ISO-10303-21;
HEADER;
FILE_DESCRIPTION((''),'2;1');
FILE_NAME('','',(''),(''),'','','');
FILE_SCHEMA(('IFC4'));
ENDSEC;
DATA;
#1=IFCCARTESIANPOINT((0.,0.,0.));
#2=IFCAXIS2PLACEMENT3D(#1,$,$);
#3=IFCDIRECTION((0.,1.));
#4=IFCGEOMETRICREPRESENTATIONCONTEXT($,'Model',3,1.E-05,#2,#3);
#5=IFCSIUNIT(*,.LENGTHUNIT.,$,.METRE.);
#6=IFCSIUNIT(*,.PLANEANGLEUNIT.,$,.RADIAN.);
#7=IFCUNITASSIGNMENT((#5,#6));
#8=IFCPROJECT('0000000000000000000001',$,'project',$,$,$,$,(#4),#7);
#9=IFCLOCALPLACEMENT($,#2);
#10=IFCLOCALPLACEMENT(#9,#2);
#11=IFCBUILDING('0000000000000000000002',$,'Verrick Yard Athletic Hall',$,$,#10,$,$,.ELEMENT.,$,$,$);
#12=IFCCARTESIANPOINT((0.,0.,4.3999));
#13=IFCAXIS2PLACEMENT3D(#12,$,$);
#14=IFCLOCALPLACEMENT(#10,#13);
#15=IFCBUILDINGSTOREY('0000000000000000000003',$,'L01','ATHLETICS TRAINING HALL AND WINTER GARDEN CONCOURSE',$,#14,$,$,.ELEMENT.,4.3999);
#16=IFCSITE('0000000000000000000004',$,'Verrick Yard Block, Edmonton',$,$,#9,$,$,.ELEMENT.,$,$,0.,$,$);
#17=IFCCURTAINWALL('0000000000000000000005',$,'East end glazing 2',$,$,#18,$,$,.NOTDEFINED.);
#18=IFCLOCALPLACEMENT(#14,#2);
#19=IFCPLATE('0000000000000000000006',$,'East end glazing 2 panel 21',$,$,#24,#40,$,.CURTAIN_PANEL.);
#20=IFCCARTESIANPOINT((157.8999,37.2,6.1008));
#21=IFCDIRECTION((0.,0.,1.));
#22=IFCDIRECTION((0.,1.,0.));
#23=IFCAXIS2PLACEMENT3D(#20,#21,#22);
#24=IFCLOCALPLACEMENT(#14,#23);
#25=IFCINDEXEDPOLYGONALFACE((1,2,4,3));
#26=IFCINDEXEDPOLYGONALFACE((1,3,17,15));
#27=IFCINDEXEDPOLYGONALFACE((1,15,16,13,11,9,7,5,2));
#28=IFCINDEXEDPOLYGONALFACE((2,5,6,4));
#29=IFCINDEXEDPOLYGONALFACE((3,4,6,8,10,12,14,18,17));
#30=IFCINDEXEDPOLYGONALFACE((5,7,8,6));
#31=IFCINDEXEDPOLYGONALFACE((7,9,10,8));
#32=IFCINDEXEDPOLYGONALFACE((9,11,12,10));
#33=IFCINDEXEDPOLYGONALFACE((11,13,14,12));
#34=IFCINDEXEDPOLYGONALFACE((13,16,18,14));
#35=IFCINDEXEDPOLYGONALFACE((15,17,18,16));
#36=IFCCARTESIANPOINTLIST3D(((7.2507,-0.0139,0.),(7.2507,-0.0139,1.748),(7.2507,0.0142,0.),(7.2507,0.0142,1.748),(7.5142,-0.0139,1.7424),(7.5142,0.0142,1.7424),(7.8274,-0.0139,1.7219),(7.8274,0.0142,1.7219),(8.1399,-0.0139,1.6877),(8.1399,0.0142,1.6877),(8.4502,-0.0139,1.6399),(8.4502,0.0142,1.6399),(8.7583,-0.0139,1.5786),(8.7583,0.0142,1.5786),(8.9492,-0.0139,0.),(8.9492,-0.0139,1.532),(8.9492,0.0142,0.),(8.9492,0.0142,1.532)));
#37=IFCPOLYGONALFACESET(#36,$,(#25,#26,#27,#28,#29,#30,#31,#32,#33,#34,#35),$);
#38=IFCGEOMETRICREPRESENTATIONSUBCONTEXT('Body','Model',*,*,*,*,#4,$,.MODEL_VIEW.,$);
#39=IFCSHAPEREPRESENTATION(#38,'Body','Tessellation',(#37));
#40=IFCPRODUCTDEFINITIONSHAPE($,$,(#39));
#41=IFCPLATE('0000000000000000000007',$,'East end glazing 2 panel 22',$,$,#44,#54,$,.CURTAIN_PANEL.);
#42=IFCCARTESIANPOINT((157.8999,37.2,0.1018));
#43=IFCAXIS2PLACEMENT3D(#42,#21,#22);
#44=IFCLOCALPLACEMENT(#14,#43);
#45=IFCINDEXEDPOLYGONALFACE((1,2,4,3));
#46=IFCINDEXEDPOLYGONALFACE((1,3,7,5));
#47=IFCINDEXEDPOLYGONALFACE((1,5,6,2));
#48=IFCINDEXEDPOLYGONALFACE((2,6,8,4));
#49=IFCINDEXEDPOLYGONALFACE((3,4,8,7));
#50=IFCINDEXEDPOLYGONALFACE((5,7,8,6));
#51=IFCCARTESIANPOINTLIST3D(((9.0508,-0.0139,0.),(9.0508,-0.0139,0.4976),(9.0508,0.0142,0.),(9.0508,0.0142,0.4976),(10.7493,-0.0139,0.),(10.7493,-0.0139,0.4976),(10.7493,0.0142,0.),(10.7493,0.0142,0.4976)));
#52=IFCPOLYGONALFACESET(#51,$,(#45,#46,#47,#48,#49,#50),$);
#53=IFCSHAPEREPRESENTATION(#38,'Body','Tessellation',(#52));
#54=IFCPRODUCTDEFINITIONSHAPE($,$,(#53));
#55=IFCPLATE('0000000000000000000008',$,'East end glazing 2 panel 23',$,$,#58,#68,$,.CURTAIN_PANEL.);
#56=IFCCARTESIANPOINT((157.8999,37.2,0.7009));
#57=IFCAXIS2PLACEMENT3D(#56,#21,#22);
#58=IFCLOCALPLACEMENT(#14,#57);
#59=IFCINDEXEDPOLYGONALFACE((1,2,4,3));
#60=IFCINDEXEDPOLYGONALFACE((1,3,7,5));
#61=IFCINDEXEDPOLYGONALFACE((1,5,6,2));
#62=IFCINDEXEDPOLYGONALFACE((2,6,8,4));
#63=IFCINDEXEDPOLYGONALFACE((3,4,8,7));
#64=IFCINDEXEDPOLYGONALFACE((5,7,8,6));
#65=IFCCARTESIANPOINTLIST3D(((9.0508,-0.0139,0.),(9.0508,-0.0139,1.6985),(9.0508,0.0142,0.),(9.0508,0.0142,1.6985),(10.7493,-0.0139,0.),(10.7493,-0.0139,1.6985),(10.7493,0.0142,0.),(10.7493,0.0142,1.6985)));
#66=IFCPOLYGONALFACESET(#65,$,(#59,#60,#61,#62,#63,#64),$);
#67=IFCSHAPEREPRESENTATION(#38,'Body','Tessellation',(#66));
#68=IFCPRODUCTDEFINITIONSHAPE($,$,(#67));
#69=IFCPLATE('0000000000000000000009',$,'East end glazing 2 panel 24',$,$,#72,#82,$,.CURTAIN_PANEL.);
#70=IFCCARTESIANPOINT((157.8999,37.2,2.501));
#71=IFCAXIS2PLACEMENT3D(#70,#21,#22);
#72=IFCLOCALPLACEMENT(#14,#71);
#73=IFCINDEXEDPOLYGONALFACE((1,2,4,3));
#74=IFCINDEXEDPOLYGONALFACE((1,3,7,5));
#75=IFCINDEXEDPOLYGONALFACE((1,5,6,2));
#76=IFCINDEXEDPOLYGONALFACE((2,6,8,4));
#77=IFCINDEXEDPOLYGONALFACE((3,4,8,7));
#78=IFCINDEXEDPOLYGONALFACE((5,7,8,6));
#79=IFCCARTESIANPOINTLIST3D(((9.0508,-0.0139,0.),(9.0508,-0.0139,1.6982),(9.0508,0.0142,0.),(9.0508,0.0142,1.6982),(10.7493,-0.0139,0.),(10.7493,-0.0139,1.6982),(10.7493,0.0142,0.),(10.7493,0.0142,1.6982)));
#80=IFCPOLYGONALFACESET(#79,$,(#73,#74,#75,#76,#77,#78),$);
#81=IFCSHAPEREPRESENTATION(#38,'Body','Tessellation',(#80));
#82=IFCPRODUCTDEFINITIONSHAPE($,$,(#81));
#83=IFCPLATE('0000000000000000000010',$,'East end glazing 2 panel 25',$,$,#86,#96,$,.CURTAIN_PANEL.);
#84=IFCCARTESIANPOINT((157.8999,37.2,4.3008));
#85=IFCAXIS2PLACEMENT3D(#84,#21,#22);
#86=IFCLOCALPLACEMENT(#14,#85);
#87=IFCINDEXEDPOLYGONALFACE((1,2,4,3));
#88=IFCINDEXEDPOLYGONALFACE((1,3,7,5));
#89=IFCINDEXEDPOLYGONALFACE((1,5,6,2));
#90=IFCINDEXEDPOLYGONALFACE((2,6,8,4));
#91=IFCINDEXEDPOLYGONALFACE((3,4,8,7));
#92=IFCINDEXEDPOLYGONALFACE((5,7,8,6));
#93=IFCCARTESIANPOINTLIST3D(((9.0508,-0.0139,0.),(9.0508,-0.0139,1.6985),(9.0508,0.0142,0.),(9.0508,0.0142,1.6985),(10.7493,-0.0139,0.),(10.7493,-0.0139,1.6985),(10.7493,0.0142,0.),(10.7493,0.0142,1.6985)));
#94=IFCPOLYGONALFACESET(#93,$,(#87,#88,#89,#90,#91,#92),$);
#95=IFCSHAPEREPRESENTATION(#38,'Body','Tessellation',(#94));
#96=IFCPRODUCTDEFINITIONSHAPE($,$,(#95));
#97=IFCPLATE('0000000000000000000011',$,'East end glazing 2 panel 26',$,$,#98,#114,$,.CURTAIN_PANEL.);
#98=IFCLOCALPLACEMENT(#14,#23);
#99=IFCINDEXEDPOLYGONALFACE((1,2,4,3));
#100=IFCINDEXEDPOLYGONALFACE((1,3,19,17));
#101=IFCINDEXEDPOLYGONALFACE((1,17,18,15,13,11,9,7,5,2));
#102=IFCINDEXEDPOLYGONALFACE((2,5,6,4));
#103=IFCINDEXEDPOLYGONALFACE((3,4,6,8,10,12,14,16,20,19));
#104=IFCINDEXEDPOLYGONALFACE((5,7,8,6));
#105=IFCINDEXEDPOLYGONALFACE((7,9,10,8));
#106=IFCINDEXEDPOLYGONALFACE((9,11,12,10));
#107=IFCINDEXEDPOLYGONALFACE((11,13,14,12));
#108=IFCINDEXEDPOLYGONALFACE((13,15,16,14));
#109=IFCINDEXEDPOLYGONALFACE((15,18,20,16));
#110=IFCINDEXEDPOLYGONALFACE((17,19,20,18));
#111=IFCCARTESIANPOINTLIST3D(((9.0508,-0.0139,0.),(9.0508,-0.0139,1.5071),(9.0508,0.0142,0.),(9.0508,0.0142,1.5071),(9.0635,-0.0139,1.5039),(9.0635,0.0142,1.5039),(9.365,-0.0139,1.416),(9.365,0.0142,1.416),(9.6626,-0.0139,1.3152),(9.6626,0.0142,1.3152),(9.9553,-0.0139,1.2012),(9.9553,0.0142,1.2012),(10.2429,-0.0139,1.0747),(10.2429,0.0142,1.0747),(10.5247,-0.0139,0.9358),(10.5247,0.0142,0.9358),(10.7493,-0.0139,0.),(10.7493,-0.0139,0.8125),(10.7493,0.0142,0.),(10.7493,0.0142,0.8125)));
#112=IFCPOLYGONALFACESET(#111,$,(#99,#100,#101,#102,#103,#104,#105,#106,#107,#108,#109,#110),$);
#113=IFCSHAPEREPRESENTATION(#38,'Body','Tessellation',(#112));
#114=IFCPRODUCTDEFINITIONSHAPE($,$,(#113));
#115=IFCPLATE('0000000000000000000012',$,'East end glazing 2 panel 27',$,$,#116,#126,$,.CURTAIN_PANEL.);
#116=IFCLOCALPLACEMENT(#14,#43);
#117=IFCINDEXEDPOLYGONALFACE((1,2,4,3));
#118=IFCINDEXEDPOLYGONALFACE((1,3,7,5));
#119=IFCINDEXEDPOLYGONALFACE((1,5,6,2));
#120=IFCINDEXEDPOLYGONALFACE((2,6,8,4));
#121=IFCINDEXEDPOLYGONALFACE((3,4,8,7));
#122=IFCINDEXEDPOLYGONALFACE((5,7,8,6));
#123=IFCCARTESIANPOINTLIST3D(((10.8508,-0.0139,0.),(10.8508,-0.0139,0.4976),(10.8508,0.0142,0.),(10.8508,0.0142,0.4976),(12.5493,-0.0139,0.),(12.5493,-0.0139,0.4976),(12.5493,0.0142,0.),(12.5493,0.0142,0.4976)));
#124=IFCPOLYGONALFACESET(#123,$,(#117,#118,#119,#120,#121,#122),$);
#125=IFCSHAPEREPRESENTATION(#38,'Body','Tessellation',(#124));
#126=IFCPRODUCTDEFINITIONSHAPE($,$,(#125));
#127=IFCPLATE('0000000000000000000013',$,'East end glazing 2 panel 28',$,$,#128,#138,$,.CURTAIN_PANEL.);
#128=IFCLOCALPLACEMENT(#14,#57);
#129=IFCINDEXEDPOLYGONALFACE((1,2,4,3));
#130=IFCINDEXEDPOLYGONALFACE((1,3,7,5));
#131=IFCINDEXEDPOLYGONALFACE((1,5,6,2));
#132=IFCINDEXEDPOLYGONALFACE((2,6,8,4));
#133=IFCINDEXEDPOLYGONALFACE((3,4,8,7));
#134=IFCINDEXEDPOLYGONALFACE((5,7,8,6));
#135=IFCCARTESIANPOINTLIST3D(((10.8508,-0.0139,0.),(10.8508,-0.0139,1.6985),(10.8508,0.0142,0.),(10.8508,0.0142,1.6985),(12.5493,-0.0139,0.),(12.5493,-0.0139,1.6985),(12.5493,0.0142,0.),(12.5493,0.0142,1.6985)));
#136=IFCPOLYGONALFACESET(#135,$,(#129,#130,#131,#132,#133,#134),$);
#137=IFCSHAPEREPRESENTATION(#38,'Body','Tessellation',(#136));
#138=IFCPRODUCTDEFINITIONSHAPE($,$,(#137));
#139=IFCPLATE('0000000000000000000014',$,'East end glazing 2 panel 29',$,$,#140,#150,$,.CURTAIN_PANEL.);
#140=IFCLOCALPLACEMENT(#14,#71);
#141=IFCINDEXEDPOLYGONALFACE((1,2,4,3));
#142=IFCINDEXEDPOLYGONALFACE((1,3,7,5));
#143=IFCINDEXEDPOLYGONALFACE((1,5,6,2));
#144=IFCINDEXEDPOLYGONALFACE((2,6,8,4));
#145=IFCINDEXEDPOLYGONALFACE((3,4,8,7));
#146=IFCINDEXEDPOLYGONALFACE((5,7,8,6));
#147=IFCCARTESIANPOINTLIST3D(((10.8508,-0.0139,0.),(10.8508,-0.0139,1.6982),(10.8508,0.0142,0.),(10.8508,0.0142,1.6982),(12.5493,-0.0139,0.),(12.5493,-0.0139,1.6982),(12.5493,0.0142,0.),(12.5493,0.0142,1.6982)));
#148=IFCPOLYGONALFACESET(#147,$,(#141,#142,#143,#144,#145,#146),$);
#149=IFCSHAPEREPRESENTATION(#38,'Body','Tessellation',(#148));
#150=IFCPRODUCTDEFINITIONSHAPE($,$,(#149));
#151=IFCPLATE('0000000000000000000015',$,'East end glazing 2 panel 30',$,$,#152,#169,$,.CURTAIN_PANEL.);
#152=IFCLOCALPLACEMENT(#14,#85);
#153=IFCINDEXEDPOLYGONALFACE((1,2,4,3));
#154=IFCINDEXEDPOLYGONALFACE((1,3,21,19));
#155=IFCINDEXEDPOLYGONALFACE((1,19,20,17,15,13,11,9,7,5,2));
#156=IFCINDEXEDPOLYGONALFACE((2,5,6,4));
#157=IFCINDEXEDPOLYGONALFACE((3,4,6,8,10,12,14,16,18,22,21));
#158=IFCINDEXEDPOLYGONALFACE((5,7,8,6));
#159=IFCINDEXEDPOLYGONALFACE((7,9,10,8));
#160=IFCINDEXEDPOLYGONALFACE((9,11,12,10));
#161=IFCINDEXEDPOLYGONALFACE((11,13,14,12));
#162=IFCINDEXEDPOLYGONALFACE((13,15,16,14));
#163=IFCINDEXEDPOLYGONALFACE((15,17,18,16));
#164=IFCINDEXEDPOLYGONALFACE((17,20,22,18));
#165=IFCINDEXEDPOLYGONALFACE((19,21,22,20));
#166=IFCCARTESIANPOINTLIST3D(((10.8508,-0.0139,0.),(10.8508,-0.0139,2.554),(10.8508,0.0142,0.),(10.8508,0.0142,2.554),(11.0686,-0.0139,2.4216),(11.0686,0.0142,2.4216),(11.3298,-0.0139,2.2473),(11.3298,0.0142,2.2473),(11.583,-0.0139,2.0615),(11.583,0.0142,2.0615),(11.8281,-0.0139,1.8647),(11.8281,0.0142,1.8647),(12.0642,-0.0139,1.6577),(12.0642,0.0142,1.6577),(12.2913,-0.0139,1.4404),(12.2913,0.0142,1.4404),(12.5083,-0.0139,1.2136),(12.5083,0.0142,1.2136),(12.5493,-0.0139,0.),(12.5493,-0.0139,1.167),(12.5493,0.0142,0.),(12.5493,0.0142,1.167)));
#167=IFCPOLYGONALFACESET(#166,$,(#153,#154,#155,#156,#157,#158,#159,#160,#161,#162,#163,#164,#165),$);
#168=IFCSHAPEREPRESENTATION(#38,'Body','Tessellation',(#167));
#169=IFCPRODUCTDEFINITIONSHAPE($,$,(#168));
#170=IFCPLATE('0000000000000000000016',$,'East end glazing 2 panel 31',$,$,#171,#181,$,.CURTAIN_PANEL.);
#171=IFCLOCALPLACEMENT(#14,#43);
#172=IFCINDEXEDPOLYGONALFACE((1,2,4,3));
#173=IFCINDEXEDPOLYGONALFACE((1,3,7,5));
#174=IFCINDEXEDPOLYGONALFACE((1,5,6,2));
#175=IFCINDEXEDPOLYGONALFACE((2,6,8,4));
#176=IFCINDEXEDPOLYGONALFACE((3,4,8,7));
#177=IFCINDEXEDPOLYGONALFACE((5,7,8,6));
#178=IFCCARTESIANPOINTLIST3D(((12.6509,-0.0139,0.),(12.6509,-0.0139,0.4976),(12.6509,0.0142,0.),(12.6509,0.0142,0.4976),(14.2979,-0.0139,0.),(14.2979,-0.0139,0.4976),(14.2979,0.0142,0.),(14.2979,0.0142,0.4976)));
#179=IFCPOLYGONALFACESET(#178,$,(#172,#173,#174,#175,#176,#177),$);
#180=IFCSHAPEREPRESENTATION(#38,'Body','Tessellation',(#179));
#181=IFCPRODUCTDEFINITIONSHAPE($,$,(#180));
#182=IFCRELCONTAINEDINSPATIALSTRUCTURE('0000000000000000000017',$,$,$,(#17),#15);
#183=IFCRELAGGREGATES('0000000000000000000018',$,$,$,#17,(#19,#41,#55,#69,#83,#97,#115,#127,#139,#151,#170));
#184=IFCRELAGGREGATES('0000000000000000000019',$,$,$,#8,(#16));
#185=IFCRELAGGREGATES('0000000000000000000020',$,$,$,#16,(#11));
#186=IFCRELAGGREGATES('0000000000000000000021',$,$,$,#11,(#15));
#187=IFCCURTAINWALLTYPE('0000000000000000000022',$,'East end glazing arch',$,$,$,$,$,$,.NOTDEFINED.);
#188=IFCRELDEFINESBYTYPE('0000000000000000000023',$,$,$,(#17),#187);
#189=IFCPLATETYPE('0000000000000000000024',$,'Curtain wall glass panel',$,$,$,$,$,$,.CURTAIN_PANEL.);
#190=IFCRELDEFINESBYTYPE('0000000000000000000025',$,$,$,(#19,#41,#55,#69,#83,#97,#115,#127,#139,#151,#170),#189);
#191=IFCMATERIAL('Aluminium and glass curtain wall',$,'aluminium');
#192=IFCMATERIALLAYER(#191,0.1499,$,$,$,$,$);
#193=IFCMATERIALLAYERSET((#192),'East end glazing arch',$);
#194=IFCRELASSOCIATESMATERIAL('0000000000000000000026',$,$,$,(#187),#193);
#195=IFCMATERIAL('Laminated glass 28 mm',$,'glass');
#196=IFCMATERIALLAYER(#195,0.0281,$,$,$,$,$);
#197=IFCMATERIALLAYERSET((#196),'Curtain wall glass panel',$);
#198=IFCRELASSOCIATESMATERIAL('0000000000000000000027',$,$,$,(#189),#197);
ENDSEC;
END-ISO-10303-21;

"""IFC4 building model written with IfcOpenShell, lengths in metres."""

from ifc_helpers import new_model, si_unit, direction, frame, origin, place, context, subcontext, project, spatial, polyline, outline, extrude, material, layer, layer_set, type_object, element, aggregate, save


model = new_model("IFC4")

# Units and contexts
model_context = context("Model", 3, precision=1e-05, world=origin(), true_north=direction((0.0, 1.0)))
body_context = subcontext(model_context, "Body", "Model", "MODEL_VIEW")
ifc_project = project(units=[si_unit("LENGTHUNIT", "METRE"), si_unit("PLANEANGLEUNIT", "RADIAN")], contexts=[model_context])

# Site, building, storey
site_placement = place(None, origin())
site = spatial("IfcSite", under=ifc_project, at=site_placement, Name="Verrick Yard Block, Edmonton", CompositionType="ELEMENT", RefElevation=0.0)
building_placement = place(site_placement, origin())
building = spatial("IfcBuilding", under=site, at=building_placement, Name="Verrick Yard Athletic Hall", CompositionType="ELEMENT")
storey_placement = place(building_placement, frame((0.0, 0.0, 4.3999)))
storey = spatial("IfcBuildingStorey", under=building, at=storey_placement, Name="L01", Description="ATHLETICS TRAINING HALL AND WINTER GARDEN CONCOURSE", CompositionType="ELEMENT", Elevation=4.3999)

# Curtain wall, plates
ifc_material_1 = material(Name="Aluminium and glass curtain wall", Category="aluminium")
ifc_layer_1 = layer(ifc_material_1, 0.1499)
ifc_layer_set_1 = layer_set([ifc_layer_1], Name="East end glazing arch")
curtain_wall_type = type_object("IfcCurtainWallType", Name="East end glazing arch", PredefinedType="NOTDEFINED", material=ifc_layer_set_1)
curtain_wall_placement = place(storey_placement, origin())
curtain_wall = element("IfcCurtainWall", 1, at=curtain_wall_placement, inside=storey, type_object=curtain_wall_type, Name="East end glazing 2", PredefinedType="NOTDEFINED")
ifc_material_2 = material(Name="Laminated glass 28 mm", Category="glass")
ifc_layer_2 = layer(ifc_material_2, 0.0281)
ifc_layer_set_2 = layer_set([ifc_layer_2], Name="Curtain wall glass panel")
plate_type = type_object("IfcPlateType", Name="Curtain wall glass panel", PredefinedType="CURTAIN_PANEL", material=ifc_layer_set_2)
plate_1_placement = place(storey_placement, frame((157.8999, 37.2, 6.1008), z_axis=(0.0, 0.0, 1.0), x_axis=(0.0, 1.0, 0.0)))
plate_1 = element("IfcPlate", 2, at=plate_1_placement, type_object=plate_type, Name="East end glazing 2 panel 21", PredefinedType="CURTAIN_PANEL", context=body_context, shape_type="SweptSolid", body=[
    extrude(outline(polyline([(8.9492, 1.532), (8.7583, 1.5786), (8.4502, 1.6399), (8.1399, 1.6877), (7.8274, 1.7219), (7.5142, 1.7424), (7.2507, 1.748), (7.2507, 0.0), (8.9492, 0.0), (8.9492, 1.532)])), frame((0.0, 0.0142, 0.0), z_axis=(0.0, -1.0, 0.0), x_axis=(1.0, 0.0, 0.0)), (0.0, 0.0, 1.0), 0.0281),
])
plate_2_placement = place(storey_placement, frame((157.8999, 37.2, 0.1018), z_axis=(0.0, 0.0, 1.0), x_axis=(0.0, 1.0, 0.0)))
plate_2 = element("IfcPlate", 3, at=plate_2_placement, type_object=plate_type, Name="East end glazing 2 panel 22", PredefinedType="CURTAIN_PANEL", context=body_context, shape_type="SweptSolid", body=[
    extrude(outline(polyline([(10.7493, 0.0), (10.7493, 0.4976), (9.0508, 0.4976), (9.0508, 0.0), (10.7493, 0.0)])), frame((0.0, 0.0142, 0.0), z_axis=(0.0, -1.0, 0.0), x_axis=(1.0, 0.0, 0.0)), (0.0, 0.0, 1.0), 0.0281),
])
plate_3_placement = place(storey_placement, frame((157.8999, 37.2, 0.7009), z_axis=(0.0, 0.0, 1.0), x_axis=(0.0, 1.0, 0.0)))
plate_3 = element("IfcPlate", 4, at=plate_3_placement, type_object=plate_type, Name="East end glazing 2 panel 23", PredefinedType="CURTAIN_PANEL", context=body_context, shape_type="SweptSolid", body=[
    extrude(outline(polyline([(10.7493, 0.0), (10.7493, 1.6985), (9.0508, 1.6985), (9.0508, 0.0), (10.7493, 0.0)])), frame((0.0, 0.0142, 0.0), z_axis=(0.0, -1.0, 0.0), x_axis=(1.0, 0.0, 0.0)), (0.0, 0.0, 1.0), 0.0281),
])
plate_4_placement = place(storey_placement, frame((157.8999, 37.2, 2.501), z_axis=(0.0, 0.0, 1.0), x_axis=(0.0, 1.0, 0.0)))
plate_4 = element("IfcPlate", 5, at=plate_4_placement, type_object=plate_type, Name="East end glazing 2 panel 24", PredefinedType="CURTAIN_PANEL", context=body_context, shape_type="SweptSolid", body=[
    extrude(outline(polyline([(10.7493, 0.0), (10.7493, 1.6982), (9.0508, 1.6982), (9.0508, 0.0), (10.7493, 0.0)])), frame((0.0, 0.0142, 0.0), z_axis=(0.0, -1.0, 0.0), x_axis=(1.0, 0.0, 0.0)), (0.0, 0.0, 1.0), 0.0281),
])
plate_5_placement = place(storey_placement, frame((157.8999, 37.2, 4.3008), z_axis=(0.0, 0.0, 1.0), x_axis=(0.0, 1.0, 0.0)))
plate_5 = element("IfcPlate", 6, at=plate_5_placement, type_object=plate_type, Name="East end glazing 2 panel 25", PredefinedType="CURTAIN_PANEL", context=body_context, shape_type="SweptSolid", body=[
    extrude(outline(polyline([(10.7493, 0.0), (10.7493, 1.6985), (9.0508, 1.6985), (9.0508, 0.0), (10.7493, 0.0)])), frame((0.0, 0.0142, 0.0), z_axis=(0.0, -1.0, 0.0), x_axis=(1.0, 0.0, 0.0)), (0.0, 0.0, 1.0), 0.0281),
])
plate_6_placement = place(storey_placement, frame((157.8999, 37.2, 6.1008), z_axis=(0.0, 0.0, 1.0), x_axis=(0.0, 1.0, 0.0)))
plate_6 = element("IfcPlate", 7, at=plate_6_placement, type_object=plate_type, Name="East end glazing 2 panel 26", PredefinedType="CURTAIN_PANEL", context=body_context, shape_type="SweptSolid", body=[
    extrude(outline(polyline([(10.7493, 0.8125), (10.5247, 0.9358), (10.2429, 1.0747), (9.9553, 1.2012), (9.6626, 1.3152), (9.365, 1.416), (9.0635, 1.5039), (9.0508, 1.5071), (9.0508, 0.0), (10.7493, 0.0), (10.7493, 0.8125)])), frame((0.0, 0.0142, 0.0), z_axis=(0.0, -1.0, 0.0), x_axis=(1.0, 0.0, 0.0)), (0.0, 0.0, 1.0), 0.0281),
])
plate_7_placement = place(storey_placement, frame((157.8999, 37.2, 0.1018), z_axis=(0.0, 0.0, 1.0), x_axis=(0.0, 1.0, 0.0)))
plate_7 = element("IfcPlate", 8, at=plate_7_placement, type_object=plate_type, Name="East end glazing 2 panel 27", PredefinedType="CURTAIN_PANEL", context=body_context, shape_type="SweptSolid", body=[
    extrude(outline(polyline([(12.5493, 0.0), (12.5493, 0.4976), (10.8508, 0.4976), (10.8508, 0.0), (12.5493, 0.0)])), frame((0.0, 0.0142, 0.0), z_axis=(0.0, -1.0, 0.0), x_axis=(1.0, 0.0, 0.0)), (0.0, 0.0, 1.0), 0.0281),
])
plate_8_placement = place(storey_placement, frame((157.8999, 37.2, 0.7009), z_axis=(0.0, 0.0, 1.0), x_axis=(0.0, 1.0, 0.0)))
plate_8 = element("IfcPlate", 9, at=plate_8_placement, type_object=plate_type, Name="East end glazing 2 panel 28", PredefinedType="CURTAIN_PANEL", context=body_context, shape_type="SweptSolid", body=[
    extrude(outline(polyline([(12.5493, 0.0), (12.5493, 1.6985), (10.8508, 1.6985), (10.8508, 0.0), (12.5493, 0.0)])), frame((0.0, 0.0142, 0.0), z_axis=(0.0, -1.0, 0.0), x_axis=(1.0, 0.0, 0.0)), (0.0, 0.0, 1.0), 0.0281),
])
plate_9_placement = place(storey_placement, frame((157.8999, 37.2, 2.501), z_axis=(0.0, 0.0, 1.0), x_axis=(0.0, 1.0, 0.0)))
plate_9 = element("IfcPlate", 10, at=plate_9_placement, type_object=plate_type, Name="East end glazing 2 panel 29", PredefinedType="CURTAIN_PANEL", context=body_context, shape_type="SweptSolid", body=[
    extrude(outline(polyline([(12.5493, 0.0), (12.5493, 1.6982), (10.8508, 1.6982), (10.8508, 0.0), (12.5493, 0.0)])), frame((0.0, 0.0142, 0.0), z_axis=(0.0, -1.0, 0.0), x_axis=(1.0, 0.0, 0.0)), (0.0, 0.0, 1.0), 0.0281),
])
plate_10_placement = place(storey_placement, frame((157.8999, 37.2, 4.3008), z_axis=(0.0, 0.0, 1.0), x_axis=(0.0, 1.0, 0.0)))
plate_10 = element("IfcPlate", 11, at=plate_10_placement, type_object=plate_type, Name="East end glazing 2 panel 30", PredefinedType="CURTAIN_PANEL", context=body_context, shape_type="SweptSolid", body=[
    extrude(outline(polyline([(12.5493, 1.167), (12.5083, 1.2136), (12.2913, 1.4404), (12.0642, 1.6577), (11.8281, 1.8647), (11.583, 2.0615), (11.3298, 2.2473), (11.0686, 2.4216), (10.8508, 2.554), (10.8508, 0.0), (12.5493, 0.0), (12.5493, 1.167)])), frame((0.0, 0.0142, 0.0), z_axis=(0.0, -1.0, 0.0), x_axis=(1.0, 0.0, 0.0)), (0.0, 0.0, 1.0), 0.0281),
])
plate_11_placement = place(storey_placement, frame((157.8999, 37.2, 0.1018), z_axis=(0.0, 0.0, 1.0), x_axis=(0.0, 1.0, 0.0)))
plate_11 = element("IfcPlate", 12, at=plate_11_placement, type_object=plate_type, Name="East end glazing 2 panel 31", PredefinedType="CURTAIN_PANEL", context=body_context, shape_type="SweptSolid", body=[
    extrude(outline(polyline([(14.2979, 0.0), (14.2979, 0.4976), (12.6509, 0.4976), (12.6509, 0.0), (14.2979, 0.0)])), frame((0.0, 0.0142, 0.0), z_axis=(0.0, -1.0, 0.0), x_axis=(1.0, 0.0, 0.0)), (0.0, 0.0, 1.0), 0.0281),
])
aggregate(curtain_wall, [plate_1, plate_2, plate_3, plate_4, plate_5, plate_6, plate_7, plate_8, plate_9, plate_10, plate_11])

save(model, "model.ifc")
